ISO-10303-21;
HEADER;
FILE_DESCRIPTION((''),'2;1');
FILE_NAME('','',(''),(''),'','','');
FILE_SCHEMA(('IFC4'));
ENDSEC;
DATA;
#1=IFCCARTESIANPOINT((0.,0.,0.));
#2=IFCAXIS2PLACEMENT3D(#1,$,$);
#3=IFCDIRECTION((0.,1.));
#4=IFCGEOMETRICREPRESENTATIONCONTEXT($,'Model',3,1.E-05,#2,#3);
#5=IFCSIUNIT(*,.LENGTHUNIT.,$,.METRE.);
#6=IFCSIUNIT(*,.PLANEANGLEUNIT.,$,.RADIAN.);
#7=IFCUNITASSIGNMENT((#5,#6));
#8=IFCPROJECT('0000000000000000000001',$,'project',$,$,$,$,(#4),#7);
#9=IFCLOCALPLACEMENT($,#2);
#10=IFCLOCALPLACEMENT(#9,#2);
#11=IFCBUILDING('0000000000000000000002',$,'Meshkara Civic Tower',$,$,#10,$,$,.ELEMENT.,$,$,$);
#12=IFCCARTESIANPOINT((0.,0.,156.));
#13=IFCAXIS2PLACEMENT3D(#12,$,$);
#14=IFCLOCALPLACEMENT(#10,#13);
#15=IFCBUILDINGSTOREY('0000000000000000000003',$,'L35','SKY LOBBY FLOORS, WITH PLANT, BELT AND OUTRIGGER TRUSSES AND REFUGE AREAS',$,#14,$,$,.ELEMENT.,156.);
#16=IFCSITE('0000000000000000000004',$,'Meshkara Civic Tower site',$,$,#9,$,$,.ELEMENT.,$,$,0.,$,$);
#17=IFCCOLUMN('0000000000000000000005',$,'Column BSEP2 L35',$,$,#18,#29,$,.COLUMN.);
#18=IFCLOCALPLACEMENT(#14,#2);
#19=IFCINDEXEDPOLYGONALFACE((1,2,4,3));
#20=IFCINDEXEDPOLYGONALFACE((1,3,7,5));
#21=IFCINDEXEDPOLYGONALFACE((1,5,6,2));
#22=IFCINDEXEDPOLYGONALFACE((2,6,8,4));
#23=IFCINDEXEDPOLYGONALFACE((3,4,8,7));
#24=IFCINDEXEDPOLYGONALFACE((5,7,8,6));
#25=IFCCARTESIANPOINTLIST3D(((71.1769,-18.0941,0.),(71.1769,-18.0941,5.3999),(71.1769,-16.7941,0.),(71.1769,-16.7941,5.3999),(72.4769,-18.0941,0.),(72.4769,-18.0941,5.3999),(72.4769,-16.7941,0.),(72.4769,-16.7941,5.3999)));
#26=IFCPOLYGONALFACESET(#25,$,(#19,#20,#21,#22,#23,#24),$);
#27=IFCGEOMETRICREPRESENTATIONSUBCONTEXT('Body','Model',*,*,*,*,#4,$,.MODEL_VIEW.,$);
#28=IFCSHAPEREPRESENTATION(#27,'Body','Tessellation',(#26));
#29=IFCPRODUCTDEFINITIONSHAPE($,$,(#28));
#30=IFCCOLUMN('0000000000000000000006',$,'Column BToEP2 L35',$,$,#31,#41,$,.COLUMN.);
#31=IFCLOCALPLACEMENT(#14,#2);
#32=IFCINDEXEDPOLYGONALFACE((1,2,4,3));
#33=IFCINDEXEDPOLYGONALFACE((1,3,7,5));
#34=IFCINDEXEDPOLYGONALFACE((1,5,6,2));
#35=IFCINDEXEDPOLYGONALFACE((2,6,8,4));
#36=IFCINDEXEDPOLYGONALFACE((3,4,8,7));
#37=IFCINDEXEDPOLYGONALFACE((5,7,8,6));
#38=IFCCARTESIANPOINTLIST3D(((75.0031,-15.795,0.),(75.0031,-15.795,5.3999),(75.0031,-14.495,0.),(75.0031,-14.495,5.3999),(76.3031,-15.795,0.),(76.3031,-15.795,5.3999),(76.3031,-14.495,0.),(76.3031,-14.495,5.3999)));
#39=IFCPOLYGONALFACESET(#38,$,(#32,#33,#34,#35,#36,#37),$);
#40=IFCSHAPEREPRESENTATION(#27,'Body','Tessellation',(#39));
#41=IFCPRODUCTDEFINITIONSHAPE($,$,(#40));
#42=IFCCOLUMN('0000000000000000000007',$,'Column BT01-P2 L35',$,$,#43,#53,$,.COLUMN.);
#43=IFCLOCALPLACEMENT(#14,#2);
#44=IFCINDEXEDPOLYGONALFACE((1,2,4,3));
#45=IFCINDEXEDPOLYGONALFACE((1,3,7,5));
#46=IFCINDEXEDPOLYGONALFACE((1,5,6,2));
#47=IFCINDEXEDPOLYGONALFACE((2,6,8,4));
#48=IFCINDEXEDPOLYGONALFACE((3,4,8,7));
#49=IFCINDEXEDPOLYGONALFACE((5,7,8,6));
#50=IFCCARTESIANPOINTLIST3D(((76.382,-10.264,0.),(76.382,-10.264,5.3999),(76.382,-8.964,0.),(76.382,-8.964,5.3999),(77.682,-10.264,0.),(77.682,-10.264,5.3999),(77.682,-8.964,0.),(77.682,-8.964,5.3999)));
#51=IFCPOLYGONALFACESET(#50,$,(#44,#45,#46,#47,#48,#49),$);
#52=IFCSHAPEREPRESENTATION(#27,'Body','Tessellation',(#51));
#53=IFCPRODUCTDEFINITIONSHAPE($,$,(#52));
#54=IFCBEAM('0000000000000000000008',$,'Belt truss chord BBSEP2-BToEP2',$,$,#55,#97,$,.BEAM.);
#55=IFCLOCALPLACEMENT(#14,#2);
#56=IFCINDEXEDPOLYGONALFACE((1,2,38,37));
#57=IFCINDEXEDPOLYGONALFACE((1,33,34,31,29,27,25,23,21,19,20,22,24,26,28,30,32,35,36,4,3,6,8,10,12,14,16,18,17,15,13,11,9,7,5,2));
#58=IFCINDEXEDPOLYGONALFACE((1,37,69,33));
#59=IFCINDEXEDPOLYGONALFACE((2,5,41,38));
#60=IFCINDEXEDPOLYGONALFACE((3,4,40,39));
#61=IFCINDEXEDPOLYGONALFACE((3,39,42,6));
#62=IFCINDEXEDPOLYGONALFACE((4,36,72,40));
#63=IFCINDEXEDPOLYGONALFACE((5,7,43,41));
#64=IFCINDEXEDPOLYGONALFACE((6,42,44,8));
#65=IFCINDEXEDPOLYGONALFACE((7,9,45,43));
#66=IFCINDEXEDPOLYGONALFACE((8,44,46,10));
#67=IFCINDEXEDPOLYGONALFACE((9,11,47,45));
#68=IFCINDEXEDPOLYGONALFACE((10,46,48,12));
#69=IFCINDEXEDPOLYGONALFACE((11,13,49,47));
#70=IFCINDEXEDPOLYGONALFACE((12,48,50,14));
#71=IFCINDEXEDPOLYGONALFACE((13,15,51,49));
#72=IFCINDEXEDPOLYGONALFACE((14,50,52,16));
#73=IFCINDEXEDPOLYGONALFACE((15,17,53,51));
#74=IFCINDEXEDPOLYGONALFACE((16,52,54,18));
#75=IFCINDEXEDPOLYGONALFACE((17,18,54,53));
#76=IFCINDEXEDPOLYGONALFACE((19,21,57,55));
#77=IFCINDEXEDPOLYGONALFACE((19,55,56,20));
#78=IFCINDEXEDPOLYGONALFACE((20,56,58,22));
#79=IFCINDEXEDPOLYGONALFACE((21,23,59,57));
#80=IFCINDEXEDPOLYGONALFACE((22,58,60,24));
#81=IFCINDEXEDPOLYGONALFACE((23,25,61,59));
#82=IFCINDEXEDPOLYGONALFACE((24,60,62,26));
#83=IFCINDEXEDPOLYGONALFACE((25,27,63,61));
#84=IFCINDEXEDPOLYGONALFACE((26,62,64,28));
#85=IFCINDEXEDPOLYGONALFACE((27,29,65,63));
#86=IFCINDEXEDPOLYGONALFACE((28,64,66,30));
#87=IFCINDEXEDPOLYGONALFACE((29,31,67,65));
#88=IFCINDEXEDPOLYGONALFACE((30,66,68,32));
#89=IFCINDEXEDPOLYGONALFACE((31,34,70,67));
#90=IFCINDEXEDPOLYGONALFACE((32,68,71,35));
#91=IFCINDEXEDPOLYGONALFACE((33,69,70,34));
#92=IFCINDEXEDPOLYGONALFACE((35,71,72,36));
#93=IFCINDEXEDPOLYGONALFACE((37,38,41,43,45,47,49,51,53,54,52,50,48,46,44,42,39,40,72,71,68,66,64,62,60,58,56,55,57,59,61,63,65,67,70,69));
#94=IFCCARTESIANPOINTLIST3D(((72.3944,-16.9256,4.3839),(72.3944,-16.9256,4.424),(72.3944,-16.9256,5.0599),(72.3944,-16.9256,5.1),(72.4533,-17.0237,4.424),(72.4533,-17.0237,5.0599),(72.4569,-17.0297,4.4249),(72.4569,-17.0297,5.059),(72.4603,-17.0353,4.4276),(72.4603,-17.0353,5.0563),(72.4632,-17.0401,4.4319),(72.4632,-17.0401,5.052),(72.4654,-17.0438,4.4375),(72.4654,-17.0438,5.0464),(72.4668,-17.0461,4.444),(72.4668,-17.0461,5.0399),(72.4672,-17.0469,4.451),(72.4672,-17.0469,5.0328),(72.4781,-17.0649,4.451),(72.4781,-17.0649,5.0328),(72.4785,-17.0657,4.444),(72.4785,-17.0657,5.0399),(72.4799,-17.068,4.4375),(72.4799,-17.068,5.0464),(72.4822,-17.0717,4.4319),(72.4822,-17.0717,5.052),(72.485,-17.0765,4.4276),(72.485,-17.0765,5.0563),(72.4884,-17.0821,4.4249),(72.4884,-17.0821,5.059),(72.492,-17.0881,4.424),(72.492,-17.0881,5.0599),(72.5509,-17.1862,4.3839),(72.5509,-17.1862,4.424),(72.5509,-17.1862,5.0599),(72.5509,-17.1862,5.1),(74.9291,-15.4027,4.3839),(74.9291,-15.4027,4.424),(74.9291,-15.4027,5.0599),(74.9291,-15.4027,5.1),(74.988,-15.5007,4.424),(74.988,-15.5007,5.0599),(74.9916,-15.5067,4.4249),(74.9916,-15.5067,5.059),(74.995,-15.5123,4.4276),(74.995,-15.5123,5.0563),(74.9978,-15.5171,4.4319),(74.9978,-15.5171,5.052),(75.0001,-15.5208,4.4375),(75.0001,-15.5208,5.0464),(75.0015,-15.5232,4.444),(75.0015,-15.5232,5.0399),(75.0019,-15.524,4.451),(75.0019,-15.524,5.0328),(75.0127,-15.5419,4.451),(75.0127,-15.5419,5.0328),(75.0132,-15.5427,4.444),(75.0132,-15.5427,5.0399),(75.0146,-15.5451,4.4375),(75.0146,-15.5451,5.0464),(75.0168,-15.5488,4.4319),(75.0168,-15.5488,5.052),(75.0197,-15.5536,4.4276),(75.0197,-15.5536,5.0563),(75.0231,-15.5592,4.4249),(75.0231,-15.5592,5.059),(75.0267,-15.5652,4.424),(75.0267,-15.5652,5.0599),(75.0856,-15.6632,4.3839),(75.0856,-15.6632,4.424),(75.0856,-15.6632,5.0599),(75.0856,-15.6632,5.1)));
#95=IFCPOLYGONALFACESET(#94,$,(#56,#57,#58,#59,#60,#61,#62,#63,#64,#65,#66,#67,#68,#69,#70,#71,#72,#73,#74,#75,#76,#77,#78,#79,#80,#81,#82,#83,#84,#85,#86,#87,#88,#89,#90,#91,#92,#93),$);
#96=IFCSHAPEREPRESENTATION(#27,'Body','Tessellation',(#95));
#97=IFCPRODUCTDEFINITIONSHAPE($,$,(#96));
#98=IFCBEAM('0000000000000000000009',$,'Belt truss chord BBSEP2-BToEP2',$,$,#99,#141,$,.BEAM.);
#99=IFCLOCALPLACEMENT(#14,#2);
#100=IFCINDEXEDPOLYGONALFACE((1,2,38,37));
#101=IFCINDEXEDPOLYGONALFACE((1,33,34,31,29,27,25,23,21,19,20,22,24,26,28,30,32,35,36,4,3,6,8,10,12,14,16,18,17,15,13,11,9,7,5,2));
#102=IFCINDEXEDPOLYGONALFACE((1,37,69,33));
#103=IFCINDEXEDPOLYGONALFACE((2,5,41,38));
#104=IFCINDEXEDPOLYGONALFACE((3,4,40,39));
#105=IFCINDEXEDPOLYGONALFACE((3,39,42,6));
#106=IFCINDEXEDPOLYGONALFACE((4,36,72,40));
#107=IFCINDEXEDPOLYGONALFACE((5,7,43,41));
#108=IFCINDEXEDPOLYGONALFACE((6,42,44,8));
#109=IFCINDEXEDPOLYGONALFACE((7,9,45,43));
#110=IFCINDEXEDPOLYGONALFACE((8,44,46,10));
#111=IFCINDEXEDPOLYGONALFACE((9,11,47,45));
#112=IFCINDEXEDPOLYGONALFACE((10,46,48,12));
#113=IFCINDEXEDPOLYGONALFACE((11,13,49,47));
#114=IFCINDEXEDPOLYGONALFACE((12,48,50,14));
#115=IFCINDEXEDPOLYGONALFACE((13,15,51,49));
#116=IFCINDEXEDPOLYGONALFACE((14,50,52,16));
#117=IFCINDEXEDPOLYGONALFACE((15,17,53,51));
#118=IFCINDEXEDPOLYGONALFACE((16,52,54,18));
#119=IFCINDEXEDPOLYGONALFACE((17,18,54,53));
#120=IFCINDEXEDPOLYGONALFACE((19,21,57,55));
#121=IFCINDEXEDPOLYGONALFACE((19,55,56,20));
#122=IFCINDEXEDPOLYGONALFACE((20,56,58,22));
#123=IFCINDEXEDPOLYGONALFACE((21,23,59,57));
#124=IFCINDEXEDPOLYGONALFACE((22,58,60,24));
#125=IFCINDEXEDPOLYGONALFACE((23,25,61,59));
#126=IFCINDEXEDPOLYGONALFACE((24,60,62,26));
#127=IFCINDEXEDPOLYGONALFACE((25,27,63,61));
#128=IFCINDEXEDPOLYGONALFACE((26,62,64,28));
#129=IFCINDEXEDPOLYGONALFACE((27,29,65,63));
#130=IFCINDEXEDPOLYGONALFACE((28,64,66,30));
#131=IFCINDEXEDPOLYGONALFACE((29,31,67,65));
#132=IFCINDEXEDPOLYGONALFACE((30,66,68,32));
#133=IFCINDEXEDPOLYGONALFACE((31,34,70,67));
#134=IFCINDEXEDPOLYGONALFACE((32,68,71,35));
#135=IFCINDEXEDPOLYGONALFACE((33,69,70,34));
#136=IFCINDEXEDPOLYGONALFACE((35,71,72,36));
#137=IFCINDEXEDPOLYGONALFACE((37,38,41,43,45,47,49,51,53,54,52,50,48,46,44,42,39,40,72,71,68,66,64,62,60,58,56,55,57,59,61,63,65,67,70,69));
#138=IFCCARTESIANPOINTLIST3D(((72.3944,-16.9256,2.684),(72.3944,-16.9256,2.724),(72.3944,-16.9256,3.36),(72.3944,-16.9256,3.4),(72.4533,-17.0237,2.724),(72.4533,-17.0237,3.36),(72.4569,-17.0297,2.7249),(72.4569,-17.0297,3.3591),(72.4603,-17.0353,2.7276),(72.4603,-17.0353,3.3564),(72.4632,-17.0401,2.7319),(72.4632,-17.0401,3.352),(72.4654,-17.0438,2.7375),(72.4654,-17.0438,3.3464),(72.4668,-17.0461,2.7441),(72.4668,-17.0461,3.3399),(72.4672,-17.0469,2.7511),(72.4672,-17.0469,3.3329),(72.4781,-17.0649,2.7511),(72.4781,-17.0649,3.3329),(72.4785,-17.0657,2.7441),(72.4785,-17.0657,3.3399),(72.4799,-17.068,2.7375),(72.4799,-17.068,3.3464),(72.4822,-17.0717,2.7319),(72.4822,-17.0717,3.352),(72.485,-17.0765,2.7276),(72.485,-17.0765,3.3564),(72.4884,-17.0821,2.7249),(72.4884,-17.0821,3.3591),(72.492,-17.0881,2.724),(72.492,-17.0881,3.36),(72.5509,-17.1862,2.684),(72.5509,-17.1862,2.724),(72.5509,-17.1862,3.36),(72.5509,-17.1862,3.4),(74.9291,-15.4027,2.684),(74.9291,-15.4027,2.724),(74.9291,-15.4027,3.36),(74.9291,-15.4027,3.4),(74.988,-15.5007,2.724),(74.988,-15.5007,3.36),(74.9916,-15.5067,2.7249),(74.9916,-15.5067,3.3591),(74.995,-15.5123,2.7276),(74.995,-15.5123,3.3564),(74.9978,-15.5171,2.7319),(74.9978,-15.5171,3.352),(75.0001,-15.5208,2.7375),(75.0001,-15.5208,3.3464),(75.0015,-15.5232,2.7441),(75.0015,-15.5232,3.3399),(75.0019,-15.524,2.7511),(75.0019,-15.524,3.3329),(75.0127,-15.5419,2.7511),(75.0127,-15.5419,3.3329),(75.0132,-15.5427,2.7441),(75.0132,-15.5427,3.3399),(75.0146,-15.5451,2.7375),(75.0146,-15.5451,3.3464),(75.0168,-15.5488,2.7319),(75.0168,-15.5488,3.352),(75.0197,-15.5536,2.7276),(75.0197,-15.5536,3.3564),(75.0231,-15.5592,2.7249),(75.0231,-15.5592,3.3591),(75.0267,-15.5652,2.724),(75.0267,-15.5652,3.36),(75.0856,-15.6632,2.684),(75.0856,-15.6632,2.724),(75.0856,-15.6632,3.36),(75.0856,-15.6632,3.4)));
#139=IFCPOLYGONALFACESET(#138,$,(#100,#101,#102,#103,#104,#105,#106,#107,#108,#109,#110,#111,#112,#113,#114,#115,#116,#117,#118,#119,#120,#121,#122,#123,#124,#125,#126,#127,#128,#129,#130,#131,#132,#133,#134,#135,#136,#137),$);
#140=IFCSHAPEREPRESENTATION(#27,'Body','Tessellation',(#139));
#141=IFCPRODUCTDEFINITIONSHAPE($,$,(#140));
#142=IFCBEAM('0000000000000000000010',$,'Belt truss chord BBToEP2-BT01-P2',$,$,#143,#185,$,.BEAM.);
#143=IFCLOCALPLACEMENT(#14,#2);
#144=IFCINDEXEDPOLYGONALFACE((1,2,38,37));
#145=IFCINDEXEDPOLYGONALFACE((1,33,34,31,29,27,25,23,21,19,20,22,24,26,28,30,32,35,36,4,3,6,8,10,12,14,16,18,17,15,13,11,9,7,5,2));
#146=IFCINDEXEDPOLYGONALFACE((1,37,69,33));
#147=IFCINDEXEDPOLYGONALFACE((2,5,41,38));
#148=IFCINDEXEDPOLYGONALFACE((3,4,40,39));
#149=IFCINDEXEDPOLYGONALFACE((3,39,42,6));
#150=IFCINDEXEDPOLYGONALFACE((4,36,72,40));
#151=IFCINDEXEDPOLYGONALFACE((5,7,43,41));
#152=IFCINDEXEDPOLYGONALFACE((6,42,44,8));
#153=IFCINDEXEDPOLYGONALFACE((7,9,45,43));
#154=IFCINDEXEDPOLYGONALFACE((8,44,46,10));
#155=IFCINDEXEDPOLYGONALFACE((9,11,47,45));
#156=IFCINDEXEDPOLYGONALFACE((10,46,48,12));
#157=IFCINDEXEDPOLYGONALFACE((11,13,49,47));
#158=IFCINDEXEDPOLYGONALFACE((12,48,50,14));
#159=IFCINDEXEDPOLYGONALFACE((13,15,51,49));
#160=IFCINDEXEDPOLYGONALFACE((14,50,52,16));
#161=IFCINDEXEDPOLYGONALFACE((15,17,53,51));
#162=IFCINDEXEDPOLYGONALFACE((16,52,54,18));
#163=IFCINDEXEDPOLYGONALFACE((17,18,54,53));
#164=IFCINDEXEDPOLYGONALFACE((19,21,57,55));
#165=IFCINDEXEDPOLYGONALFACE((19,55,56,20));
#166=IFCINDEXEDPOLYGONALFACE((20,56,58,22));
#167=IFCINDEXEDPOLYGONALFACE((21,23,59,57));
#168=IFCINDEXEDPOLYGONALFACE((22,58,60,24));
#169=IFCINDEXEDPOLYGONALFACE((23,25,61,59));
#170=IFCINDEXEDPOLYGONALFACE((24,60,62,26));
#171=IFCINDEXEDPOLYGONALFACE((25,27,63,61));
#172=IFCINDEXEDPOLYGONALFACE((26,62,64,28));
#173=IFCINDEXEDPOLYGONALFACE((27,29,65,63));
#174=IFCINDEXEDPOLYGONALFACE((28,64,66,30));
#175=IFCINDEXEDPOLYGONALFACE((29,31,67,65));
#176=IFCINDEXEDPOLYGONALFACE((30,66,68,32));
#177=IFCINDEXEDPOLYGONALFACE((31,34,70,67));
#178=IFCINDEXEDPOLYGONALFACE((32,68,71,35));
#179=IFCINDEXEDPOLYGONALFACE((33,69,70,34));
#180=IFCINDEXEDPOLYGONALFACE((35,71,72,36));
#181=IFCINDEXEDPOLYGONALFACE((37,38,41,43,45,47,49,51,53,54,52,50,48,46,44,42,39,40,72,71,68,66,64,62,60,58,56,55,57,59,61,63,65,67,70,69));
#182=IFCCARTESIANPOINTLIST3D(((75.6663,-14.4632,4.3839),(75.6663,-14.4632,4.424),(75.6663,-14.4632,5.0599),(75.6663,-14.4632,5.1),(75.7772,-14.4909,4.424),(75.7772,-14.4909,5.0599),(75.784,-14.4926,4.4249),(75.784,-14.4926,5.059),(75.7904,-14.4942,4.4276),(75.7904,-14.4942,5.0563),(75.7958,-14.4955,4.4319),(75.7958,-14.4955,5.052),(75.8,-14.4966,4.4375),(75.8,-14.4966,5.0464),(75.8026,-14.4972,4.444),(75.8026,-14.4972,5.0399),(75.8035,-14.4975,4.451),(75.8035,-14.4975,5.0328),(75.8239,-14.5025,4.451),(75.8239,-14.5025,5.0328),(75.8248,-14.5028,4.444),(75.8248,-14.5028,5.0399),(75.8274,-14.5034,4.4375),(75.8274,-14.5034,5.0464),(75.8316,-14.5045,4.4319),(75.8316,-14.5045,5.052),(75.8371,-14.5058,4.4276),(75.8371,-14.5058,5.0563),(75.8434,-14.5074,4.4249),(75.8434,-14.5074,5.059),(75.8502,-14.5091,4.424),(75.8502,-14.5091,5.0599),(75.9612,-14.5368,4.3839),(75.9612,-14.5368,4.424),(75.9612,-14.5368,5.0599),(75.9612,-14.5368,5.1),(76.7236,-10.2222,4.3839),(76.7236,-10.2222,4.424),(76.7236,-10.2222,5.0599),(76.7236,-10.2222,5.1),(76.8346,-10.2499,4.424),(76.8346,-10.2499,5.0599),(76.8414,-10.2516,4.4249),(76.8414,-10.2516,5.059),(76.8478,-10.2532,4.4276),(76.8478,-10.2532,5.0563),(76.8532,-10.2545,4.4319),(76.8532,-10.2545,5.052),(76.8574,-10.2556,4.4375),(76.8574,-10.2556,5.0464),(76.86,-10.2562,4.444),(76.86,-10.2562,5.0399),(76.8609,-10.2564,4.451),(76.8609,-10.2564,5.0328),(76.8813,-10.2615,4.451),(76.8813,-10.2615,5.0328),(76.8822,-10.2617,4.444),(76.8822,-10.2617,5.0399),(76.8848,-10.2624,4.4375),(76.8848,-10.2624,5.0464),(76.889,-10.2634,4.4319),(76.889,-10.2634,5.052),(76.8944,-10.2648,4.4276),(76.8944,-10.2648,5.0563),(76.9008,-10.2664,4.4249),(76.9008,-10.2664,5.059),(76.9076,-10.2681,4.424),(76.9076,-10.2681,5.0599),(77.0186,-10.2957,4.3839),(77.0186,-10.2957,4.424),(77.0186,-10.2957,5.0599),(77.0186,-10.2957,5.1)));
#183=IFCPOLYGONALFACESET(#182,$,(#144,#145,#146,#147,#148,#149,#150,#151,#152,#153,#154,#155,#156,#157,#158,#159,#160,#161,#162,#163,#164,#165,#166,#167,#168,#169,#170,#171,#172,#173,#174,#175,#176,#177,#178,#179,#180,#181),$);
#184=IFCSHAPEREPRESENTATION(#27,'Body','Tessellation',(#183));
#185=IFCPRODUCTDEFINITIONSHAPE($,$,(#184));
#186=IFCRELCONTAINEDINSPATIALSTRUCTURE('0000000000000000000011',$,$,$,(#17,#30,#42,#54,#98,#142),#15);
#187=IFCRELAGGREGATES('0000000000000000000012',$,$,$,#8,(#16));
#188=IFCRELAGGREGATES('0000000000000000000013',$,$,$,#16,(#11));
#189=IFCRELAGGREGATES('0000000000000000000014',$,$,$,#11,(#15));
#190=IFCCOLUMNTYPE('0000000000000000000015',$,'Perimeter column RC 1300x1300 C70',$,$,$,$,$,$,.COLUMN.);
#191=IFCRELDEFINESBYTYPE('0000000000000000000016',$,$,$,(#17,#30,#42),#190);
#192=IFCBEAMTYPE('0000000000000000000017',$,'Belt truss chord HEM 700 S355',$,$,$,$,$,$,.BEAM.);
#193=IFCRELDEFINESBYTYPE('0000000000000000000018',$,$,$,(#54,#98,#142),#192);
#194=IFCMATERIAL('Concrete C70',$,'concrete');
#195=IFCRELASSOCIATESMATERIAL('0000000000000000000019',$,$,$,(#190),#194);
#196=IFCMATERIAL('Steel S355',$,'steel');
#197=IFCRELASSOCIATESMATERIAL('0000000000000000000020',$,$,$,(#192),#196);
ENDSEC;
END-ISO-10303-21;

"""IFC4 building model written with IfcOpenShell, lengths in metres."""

from ifc_helpers import new_model, si_unit, direction, frame, origin, origin_2d, place, context, subcontext, project, spatial, rectangle, i_section, extrude, material, material_profile, profile_set, type_object, element, save


model = new_model("IFC4")

# Units and contexts
model_context = context("Model", 3, precision=1e-05, world=origin(), true_north=direction((0.0, 1.0)))
body_context = subcontext(model_context, "Body", "Model", "MODEL_VIEW")
ifc_project = project(units=[si_unit("LENGTHUNIT", "METRE"), si_unit("PLANEANGLEUNIT", "RADIAN")], contexts=[model_context])

# Site, building, storey
site_placement = place(None, origin())
site = spatial("IfcSite", under=ifc_project, at=site_placement, Name="Meshkara Civic Tower site", CompositionType="ELEMENT", RefElevation=0.0)
building_placement = place(site_placement, origin())
building = spatial("IfcBuilding", under=site, at=building_placement, Name="Meshkara Civic Tower", CompositionType="ELEMENT")
storey_placement = place(building_placement, frame((0.0, 0.0, 156.0)))
storey = spatial("IfcBuildingStorey", under=building, at=storey_placement, Name="L35", Description="SKY LOBBY FLOORS, WITH PLANT, BELT AND OUTRIGGER TRUSSES AND REFUGE AREAS", CompositionType="ELEMENT", Elevation=156.0)

# Columns
ifc_material_1 = material(Name="Concrete C70", Category="concrete")
ifc_material_profile_1 = material_profile(ifc_material_1, rectangle(XDim=1.3, YDim=1.3, at=origin_2d()))
ifc_profile_set_1 = profile_set([ifc_material_profile_1], Name="Concrete C70")
column_type = type_object("IfcColumnType", Name="Perimeter column RC 1300x1300 C70", PredefinedType="COLUMN", material=ifc_profile_set_1)
for number, where, z_axis, x_axis, name in (
    (1, (71.8269, -17.4441, 0.0), (0.0, 0.0, 1.0), (1.0, 0.0, 0.0), "Column BSEP2 L35"),
    (2, (75.6531, -15.145, 0.0), (0.0, 0.0, 1.0), (1.0, 0.0, 0.0), "Column BToEP2 L35"),
    (3, (77.032, -9.614, 0.0), (0.0, 0.0, 1.0), (1.0, 0.0, 0.0), "Column BT01-P2 L35"),
):
    element("IfcColumn", number, at=place(storey_placement, frame(where, z_axis=z_axis, x_axis=x_axis)), inside=storey, type_object=column_type, Name=name, PredefinedType="COLUMN", context=body_context, shape_type="SweptSolid", body=[
        extrude(rectangle(XDim=1.3, YDim=1.3, at=origin_2d()), origin(), (0.0, 0.0, 1.0), 5.3999),
    ])

# Beams
ifc_material_2 = material(Name="Steel S355", Category="steel")
ifc_material_profile_2 = material_profile(ifc_material_2, i_section(OverallWidth=0.304, OverallDepth=0.7161, WebThickness=0.021, FlangeThickness=0.04, FilletRadius=0.0271, at=origin_2d()))
ifc_profile_set_2 = profile_set([ifc_material_profile_2], Name="Steel S355")
beam_type = type_object("IfcBeamType", Name="Belt truss chord HEM 700 S355", PredefinedType="BEAM", material=ifc_profile_set_2)
for number, where, z_axis, x_axis, name in (
    (4, (72.4727, -17.0559, 4.7419), (0.857172, 0.51503, 0.0), (-0.51503, 0.857172, 0.0), "Belt truss chord BBSEP2-BToEP2"),
    (5, (72.4727, -17.0559, 3.042), (0.857172, 0.51503, 0.0), (-0.51503, 0.857172, 0.0), "Belt truss chord BBSEP2-BToEP2"),
):
    element("IfcBeam", number, at=place(storey_placement, frame(where, z_axis=z_axis, x_axis=x_axis)), inside=storey, type_object=beam_type, Name=name, PredefinedType="BEAM", context=body_context, shape_type="SweptSolid", body=[
        extrude(i_section(OverallWidth=0.304, OverallDepth=0.7161, WebThickness=0.021, FlangeThickness=0.04, FilletRadius=0.0271, at=origin_2d()), origin(), (0.0, 0.0, 1.0), 2.957),
    ])
for number, where, z_axis, x_axis, name in (
    (6, (75.8137, -14.5, 4.7419), (0.241918, 0.970297, 0.0), (-0.970297, 0.241918, 0.0), "Belt truss chord BBToEP2-BT01-P2"),
):
    element("IfcBeam", number, at=place(storey_placement, frame(where, z_axis=z_axis, x_axis=x_axis)), inside=storey, type_object=beam_type, Name=name, PredefinedType="BEAM", context=body_context, shape_type="SweptSolid", body=[
        extrude(i_section(OverallWidth=0.304, OverallDepth=0.7161, WebThickness=0.021, FlangeThickness=0.04, FilletRadius=0.0271, at=origin_2d()), origin(), (0.0, 0.0, 1.0), 4.3708),
    ])

save(model, "model.ifc")
